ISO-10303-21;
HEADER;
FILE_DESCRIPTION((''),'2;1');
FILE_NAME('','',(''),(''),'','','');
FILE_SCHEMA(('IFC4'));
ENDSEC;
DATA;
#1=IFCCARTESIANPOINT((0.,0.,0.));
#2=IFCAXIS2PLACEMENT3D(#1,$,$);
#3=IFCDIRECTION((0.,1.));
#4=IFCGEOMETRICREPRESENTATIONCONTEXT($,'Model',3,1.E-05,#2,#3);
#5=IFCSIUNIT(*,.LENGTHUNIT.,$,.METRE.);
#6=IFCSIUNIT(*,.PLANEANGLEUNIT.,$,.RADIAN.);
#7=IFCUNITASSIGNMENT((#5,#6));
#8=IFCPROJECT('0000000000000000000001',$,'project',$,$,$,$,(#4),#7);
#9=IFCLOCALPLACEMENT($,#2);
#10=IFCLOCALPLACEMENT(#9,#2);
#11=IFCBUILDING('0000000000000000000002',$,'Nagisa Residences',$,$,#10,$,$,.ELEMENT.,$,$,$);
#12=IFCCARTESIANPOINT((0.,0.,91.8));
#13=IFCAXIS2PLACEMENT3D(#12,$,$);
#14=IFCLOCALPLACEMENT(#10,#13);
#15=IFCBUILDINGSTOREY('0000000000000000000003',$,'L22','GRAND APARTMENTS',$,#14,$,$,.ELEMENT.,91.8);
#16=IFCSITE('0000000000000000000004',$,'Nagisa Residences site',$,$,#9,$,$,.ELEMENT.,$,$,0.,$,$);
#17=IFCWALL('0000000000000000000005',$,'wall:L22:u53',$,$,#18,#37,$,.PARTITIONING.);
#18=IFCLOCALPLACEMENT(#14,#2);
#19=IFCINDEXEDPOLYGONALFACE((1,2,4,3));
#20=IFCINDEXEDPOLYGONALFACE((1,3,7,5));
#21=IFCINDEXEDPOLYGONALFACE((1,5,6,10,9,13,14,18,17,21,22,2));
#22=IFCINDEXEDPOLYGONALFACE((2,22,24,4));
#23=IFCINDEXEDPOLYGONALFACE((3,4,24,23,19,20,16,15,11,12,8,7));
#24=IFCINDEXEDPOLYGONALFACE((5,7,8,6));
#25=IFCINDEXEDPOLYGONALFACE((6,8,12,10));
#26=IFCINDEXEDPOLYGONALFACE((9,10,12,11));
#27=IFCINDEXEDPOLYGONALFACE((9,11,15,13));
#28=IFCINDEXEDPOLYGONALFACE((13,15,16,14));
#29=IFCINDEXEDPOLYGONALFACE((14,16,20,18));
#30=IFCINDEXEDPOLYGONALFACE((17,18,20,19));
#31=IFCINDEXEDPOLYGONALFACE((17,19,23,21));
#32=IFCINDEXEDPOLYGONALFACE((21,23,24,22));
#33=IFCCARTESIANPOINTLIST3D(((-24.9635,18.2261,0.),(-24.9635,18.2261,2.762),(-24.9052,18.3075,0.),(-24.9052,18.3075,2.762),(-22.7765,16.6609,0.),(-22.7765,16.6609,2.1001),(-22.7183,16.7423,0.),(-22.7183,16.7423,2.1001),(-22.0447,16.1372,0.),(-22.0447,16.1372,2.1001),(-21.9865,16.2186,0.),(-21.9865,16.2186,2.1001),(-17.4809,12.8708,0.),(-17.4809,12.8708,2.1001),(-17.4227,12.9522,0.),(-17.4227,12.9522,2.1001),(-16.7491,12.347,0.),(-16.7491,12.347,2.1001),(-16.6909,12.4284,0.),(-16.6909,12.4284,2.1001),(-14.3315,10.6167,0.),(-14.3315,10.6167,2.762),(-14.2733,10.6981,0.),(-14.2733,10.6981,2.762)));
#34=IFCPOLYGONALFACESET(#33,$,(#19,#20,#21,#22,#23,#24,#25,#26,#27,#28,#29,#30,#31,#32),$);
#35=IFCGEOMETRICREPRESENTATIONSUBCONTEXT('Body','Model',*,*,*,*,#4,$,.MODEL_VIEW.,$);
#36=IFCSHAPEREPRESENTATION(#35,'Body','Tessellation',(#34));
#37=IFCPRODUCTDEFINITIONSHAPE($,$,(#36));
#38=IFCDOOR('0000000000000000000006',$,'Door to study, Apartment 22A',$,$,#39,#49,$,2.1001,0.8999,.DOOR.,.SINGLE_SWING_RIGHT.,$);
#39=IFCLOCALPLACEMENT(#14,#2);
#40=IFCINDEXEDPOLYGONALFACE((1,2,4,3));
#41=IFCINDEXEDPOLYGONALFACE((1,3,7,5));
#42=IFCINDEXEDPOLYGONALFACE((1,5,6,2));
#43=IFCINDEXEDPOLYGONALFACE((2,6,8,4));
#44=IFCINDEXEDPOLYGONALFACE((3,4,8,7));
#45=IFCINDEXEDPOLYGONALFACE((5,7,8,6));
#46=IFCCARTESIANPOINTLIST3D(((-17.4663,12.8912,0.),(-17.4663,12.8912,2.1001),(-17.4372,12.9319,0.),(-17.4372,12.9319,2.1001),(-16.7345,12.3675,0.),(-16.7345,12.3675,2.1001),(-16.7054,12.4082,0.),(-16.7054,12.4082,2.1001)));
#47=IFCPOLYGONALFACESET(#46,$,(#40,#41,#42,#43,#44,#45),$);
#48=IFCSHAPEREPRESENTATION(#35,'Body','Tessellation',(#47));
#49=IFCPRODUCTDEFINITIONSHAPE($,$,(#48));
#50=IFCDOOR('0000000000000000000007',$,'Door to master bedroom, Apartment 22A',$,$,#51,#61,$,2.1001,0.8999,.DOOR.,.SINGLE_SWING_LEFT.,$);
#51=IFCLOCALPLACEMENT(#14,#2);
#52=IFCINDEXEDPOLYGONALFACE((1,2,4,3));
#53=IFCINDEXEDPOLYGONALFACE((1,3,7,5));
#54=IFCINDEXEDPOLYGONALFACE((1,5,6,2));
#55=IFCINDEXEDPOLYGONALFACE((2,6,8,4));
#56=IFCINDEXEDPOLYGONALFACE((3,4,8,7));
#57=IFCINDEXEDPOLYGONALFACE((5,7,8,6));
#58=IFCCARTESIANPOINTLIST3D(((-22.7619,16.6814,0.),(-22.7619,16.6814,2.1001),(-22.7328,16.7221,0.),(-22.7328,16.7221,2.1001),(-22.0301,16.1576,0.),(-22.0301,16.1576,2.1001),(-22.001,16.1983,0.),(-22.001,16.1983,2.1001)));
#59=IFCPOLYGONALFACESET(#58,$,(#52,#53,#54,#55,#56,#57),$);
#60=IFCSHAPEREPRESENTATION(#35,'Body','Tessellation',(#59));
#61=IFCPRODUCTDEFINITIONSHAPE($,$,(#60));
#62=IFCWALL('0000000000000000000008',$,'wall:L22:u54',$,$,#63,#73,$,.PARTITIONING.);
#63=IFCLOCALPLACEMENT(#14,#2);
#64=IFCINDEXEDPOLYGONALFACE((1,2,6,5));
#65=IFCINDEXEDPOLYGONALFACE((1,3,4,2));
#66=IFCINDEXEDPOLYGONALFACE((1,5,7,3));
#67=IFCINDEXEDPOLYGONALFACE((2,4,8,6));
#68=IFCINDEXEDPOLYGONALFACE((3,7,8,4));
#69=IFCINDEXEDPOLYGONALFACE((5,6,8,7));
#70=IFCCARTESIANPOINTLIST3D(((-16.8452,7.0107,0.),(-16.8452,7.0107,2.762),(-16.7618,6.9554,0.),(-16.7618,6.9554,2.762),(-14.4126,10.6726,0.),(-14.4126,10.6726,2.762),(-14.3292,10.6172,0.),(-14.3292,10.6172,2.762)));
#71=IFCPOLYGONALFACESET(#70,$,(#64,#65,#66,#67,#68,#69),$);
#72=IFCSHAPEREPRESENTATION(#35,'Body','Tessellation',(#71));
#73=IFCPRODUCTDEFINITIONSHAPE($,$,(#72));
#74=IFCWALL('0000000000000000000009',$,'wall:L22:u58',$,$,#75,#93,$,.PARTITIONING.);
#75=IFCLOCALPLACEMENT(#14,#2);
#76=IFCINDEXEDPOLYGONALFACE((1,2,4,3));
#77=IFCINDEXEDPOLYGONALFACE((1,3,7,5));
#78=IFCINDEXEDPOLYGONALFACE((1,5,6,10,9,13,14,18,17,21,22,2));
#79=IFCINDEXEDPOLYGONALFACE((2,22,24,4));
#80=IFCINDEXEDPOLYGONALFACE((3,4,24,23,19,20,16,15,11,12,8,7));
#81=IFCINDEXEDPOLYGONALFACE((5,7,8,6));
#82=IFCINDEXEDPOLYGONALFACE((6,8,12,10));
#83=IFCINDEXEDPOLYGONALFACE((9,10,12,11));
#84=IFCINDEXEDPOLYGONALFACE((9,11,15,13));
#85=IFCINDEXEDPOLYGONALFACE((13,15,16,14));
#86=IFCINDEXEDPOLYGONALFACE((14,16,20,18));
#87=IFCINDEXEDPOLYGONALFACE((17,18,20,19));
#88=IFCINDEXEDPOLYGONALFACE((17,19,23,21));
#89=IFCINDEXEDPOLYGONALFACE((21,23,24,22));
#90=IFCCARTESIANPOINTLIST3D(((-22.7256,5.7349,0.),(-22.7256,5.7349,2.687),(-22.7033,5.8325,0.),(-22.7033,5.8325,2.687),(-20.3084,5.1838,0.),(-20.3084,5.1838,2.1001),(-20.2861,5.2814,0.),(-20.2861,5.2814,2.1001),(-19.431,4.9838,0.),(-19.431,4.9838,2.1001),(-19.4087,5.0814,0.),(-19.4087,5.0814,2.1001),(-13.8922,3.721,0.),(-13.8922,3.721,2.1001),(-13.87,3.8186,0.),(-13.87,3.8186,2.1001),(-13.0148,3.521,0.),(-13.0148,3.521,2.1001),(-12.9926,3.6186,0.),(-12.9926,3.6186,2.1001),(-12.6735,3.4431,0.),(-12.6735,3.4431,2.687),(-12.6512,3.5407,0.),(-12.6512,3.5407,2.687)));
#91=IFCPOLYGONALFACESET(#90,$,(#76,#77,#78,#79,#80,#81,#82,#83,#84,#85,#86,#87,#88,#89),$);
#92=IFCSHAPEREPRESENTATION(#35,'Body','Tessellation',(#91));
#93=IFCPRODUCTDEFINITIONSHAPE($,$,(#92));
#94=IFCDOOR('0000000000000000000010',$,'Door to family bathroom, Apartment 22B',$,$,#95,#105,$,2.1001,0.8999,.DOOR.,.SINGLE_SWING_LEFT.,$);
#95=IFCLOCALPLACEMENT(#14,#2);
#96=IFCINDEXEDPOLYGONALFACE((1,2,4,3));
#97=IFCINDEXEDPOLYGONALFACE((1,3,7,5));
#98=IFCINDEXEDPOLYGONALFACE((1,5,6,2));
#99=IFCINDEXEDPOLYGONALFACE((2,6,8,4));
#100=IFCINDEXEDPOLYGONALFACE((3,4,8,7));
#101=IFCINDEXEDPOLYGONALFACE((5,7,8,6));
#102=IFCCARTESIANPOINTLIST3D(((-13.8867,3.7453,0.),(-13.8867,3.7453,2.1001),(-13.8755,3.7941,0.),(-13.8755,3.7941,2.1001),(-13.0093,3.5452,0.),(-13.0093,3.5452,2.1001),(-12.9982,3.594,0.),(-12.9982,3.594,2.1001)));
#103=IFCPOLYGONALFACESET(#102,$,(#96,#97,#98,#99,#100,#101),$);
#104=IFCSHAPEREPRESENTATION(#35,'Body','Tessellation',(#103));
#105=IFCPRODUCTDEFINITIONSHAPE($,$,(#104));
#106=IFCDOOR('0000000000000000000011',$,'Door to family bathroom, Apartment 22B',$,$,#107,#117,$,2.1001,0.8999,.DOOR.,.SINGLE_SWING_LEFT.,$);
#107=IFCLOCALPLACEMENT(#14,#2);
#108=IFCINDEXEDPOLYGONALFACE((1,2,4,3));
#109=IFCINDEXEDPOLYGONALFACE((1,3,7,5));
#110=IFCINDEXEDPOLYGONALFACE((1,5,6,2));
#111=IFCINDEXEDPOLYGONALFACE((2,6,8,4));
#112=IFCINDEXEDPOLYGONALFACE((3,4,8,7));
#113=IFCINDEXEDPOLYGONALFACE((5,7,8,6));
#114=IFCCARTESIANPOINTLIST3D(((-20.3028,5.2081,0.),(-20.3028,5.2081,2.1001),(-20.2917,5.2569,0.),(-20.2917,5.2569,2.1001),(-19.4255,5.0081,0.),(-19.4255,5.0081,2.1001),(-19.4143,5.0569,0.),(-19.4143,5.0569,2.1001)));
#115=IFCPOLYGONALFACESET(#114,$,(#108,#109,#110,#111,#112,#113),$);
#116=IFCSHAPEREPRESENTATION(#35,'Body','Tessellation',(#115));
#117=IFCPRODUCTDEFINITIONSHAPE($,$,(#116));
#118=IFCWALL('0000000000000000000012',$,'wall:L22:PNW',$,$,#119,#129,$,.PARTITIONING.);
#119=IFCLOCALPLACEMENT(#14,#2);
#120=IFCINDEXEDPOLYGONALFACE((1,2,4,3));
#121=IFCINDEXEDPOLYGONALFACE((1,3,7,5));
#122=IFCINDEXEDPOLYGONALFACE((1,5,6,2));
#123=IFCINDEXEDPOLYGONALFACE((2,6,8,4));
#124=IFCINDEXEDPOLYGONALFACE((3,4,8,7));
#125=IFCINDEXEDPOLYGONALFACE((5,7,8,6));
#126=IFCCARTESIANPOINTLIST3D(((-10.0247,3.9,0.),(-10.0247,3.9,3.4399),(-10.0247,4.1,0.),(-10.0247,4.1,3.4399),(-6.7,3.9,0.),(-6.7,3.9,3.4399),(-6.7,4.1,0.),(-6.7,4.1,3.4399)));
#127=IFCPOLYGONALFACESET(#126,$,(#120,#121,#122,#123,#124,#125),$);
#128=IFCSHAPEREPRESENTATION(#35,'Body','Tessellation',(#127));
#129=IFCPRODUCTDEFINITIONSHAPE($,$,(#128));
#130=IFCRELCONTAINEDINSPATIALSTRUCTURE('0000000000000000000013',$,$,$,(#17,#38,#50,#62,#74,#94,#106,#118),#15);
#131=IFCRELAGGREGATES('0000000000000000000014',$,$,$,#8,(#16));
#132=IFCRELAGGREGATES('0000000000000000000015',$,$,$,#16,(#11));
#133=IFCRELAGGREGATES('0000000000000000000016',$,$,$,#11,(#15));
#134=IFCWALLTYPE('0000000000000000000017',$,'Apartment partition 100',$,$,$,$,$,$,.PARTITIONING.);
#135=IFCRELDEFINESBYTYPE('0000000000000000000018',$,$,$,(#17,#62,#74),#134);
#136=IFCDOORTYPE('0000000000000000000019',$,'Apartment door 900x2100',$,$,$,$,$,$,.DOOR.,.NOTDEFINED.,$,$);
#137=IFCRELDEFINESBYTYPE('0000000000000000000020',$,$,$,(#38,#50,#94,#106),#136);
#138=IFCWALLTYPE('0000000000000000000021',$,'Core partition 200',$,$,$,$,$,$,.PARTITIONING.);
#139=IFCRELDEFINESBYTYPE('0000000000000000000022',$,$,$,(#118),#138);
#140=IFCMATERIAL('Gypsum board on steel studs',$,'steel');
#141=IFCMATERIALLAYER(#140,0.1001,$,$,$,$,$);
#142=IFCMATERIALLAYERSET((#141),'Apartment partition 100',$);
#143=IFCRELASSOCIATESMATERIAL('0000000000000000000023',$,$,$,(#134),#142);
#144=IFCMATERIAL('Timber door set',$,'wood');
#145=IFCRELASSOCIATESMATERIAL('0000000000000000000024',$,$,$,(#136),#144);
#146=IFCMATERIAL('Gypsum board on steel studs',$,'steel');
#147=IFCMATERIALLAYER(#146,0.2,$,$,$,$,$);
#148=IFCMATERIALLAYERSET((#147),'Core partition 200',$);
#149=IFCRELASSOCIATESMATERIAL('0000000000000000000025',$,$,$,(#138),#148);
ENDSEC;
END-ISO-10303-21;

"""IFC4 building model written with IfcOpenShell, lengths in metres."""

from ifc_helpers import new_model, si_unit, direction, frame, frame_2d, origin, place, context, subcontext, project, spatial, rectangle, extrude, material, layer, layer_set, type_object, element, fill, save


model = new_model("IFC4")

# Units and contexts
model_context = context("Model", 3, precision=1e-05, world=origin(), true_north=direction((0.0, 1.0)))
body_context = subcontext(model_context, "Body", "Model", "MODEL_VIEW")
ifc_project = project(units=[si_unit("LENGTHUNIT", "METRE"), si_unit("PLANEANGLEUNIT", "RADIAN")], contexts=[model_context])

# Site, building, storey
site_placement = place(None, origin())
site = spatial("IfcSite", under=ifc_project, at=site_placement, Name="Nagisa Residences site", CompositionType="ELEMENT", RefElevation=0.0)
building_placement = place(site_placement, origin())
building = spatial("IfcBuilding", under=site, at=building_placement, Name="Nagisa Residences", CompositionType="ELEMENT")
storey_placement = place(building_placement, frame((0.0, 0.0, 91.8)))
storey = spatial("IfcBuildingStorey", under=building, at=storey_placement, Name="L22", Description="GRAND APARTMENTS", CompositionType="ELEMENT", Elevation=91.8)

# Shared definitions
ifc_material_1 = material(Name="Gypsum board on steel studs", Category="steel")
ifc_layer_1 = layer(ifc_material_1, 0.1001)
ifc_layer_set_1 = layer_set([ifc_layer_1], Name="Apartment partition 100")
wall_type_1 = type_object("IfcWallType", Name="Apartment partition 100", PredefinedType="PARTITIONING", material=ifc_layer_set_1)

# Shared definitions
ifc_material_2 = material(Name="Timber door set", Category="wood")
door_type_1 = type_object("IfcDoorType", Name="Apartment door 900x2100", OperationType="NOTDEFINED", PredefinedType="DOOR", material=ifc_material_2)

# Wall, openings, doors
wall_1_placement = place(storey_placement, frame((-14.3025, 10.6575, 0.0), z_axis=(0.0, 0.0, 1.0), x_axis=(-0.813183, 0.582008, 0.0)))
wall_1 = element("IfcWall", 1, at=wall_1_placement, inside=storey, type_object=wall_type_1, Name="wall:L22:u53", PredefinedType="PARTITIONING", context=body_context, shape_type="SweptSolid", body=[
    extrude(rectangle(XDim=13.0745, YDim=0.1001, at=frame_2d((6.5371, 0.0))), origin(), (0.0, 0.0, 1.0), 2.762),
])
opening_1_placement = place(wall_1_placement, frame((2.9729, 0.0, 0.0)))
opening_1 = element("IfcOpeningElement", 2, at=opening_1_placement, cuts=wall_1, PredefinedType="OPENING", context=body_context, shape_type="SweptSolid", body=[
    extrude(rectangle(XDim=0.8999, YDim=2.1001, at=frame_2d((0.45, 1.05))), frame((0.0, 0.0601, 0.0), z_axis=(0.0, -1.0, 0.0), x_axis=(1.0, 0.0, 0.0)), (0.0, 0.0, 1.0), 0.1201),
])
opening_2_placement = place(wall_1_placement, frame((9.4851, 0.0, 0.0)))
opening_2 = element("IfcOpeningElement", 3, at=opening_2_placement, cuts=wall_1, PredefinedType="OPENING", context=body_context, shape_type="SweptSolid", body=[
    extrude(rectangle(XDim=0.8999, YDim=2.1001, at=frame_2d((0.45, 1.05))), frame((0.0, 0.0601, 0.0), z_axis=(0.0, -1.0, 0.0), x_axis=(1.0, 0.0, 0.0)), (0.0, 0.0, 1.0), 0.1201),
])
door_1_placement = place(opening_1_placement, origin())
door_1 = element("IfcDoor", 4, at=door_1_placement, inside=storey, type_object=door_type_1, Name="Door to study, Apartment 22A", OperationType="SINGLE_SWING_RIGHT", OverallHeight=2.1001, OverallWidth=0.8999, PredefinedType="DOOR", context=body_context, shape_type="SweptSolid", body=[
    extrude(rectangle(XDim=0.8999, YDim=2.1001, at=frame_2d((0.45, 1.05))), frame((0.0, 0.0249, 0.0), z_axis=(0.0, -1.0, 0.0), x_axis=(1.0, 0.0, 0.0)), (0.0, 0.0, 1.0), 0.05),
])
fill(opening_1, door_1)
door_2_placement = place(opening_2_placement, origin())
door_2 = element("IfcDoor", 5, at=door_2_placement, inside=storey, type_object=door_type_1, Name="Door to master bedroom, Apartment 22A", OperationType="SINGLE_SWING_LEFT", OverallHeight=2.1001, OverallWidth=0.8999, PredefinedType="DOOR", context=body_context, shape_type="SweptSolid", body=[
    extrude(rectangle(XDim=0.8999, YDim=2.1001, at=frame_2d((0.45, 1.05))), frame((0.0, 0.0249, 0.0), z_axis=(0.0, -1.0, 0.0), x_axis=(1.0, 0.0, 0.0)), (0.0, 0.0, 1.0), 0.05),
])
fill(opening_2, door_2)

# Wall
wall_2_placement = place(storey_placement, frame((-14.3708, 10.645, 0.0), z_axis=(0.0, 0.0, 1.0), x_axis=(-0.553341, -0.832955, 0.0)))
element("IfcWall", 6, at=wall_2_placement, inside=storey, type_object=wall_type_1, Name="wall:L22:u54", PredefinedType="PARTITIONING", context=body_context, shape_type="SweptSolid", body=[
    extrude(rectangle(XDim=4.3962, YDim=0.1001, at=frame_2d((2.1982, 0.0))), origin(), (0.0, 0.0, 1.0), 2.762),
])

# Wall, openings, doors
wall_3_placement = place(storey_placement, frame((-12.6624, 3.4919, 0.0), z_axis=(0.0, 0.0, 1.0), x_axis=(-0.974982, 0.222285, 0.0)))
wall_3 = element("IfcWall", 7, at=wall_3_placement, inside=storey, type_object=wall_type_1, Name="wall:L22:u58", PredefinedType="PARTITIONING", context=body_context, shape_type="SweptSolid", body=[
    extrude(rectangle(XDim=10.3101, YDim=0.1001, at=frame_2d((5.155, 0.0))), origin(), (0.0, 0.0, 1.0), 2.687),
])
opening_3_placement = place(wall_3_placement, frame((0.3501, 0.0, 0.0)))
opening_3 = element("IfcOpeningElement", 8, at=opening_3_placement, cuts=wall_3, PredefinedType="OPENING", context=body_context, shape_type="SweptSolid", body=[
    extrude(rectangle(XDim=0.8999, YDim=2.1001, at=frame_2d((0.45, 1.05))), frame((0.0, 0.0601, 0.0), z_axis=(0.0, -1.0, 0.0), x_axis=(1.0, 0.0, 0.0)), (0.0, 0.0, 1.0), 0.1201),
])
opening_4_placement = place(wall_3_placement, frame((6.9309, 0.0, 0.0)))
opening_4 = element("IfcOpeningElement", 9, at=opening_4_placement, cuts=wall_3, PredefinedType="OPENING", context=body_context, shape_type="SweptSolid", body=[
    extrude(rectangle(XDim=0.8999, YDim=2.1001, at=frame_2d((0.45, 1.05))), frame((0.0, 0.0601, 0.0), z_axis=(0.0, -1.0, 0.0), x_axis=(1.0, 0.0, 0.0)), (0.0, 0.0, 1.0), 0.1201),
])
door_3_placement = place(opening_3_placement, frame((0.8999, 0.0, 0.0), x_axis=(-1.0, 0.0, 0.0)))
door_3 = element("IfcDoor", 10, at=door_3_placement, inside=storey, type_object=door_type_1, Name="Door to family bathroom, Apartment 22B", OperationType="SINGLE_SWING_LEFT", OverallHeight=2.1001, OverallWidth=0.8999, PredefinedType="DOOR", context=body_context, shape_type="SweptSolid", body=[
    extrude(rectangle(XDim=0.8999, YDim=2.1001, at=frame_2d((0.45, 1.05))), frame((0.0, 0.0249, 0.0), z_axis=(0.0, -1.0, 0.0), x_axis=(1.0, 0.0, 0.0)), (0.0, 0.0, 1.0), 0.05),
])
fill(opening_3, door_3)
door_4_placement = place(opening_4_placement, frame((0.8999, 0.0, 0.0), x_axis=(-1.0, 0.0, 0.0)))
door_4 = element("IfcDoor", 11, at=door_4_placement, inside=storey, type_object=door_type_1, Name="Door to family bathroom, Apartment 22B", OperationType="SINGLE_SWING_LEFT", OverallHeight=2.1001, OverallWidth=0.8999, PredefinedType="DOOR", context=body_context, shape_type="SweptSolid", body=[
    extrude(rectangle(XDim=0.8999, YDim=2.1001, at=frame_2d((0.45, 1.05))), frame((0.0, 0.0249, 0.0), z_axis=(0.0, -1.0, 0.0), x_axis=(1.0, 0.0, 0.0)), (0.0, 0.0, 1.0), 0.05),
])
fill(opening_4, door_4)

# Wall
ifc_material_3 = material(Name="Gypsum board on steel studs", Category="steel")
ifc_layer_2 = layer(ifc_material_3, 0.2)
ifc_layer_set_2 = layer_set([ifc_layer_2], Name="Core partition 200")
wall_type_2 = type_object("IfcWallType", Name="Core partition 200", PredefinedType="PARTITIONING", material=ifc_layer_set_2)
wall_4_placement = place(storey_placement, frame((-10.0247, 4.0, 0.0), z_axis=(0.0, 0.0, 1.0), x_axis=(1.0, 0.0, 0.0)))
element("IfcWall", 12, at=wall_4_placement, inside=storey, type_object=wall_type_2, Name="wall:L22:PNW", PredefinedType="PARTITIONING", context=body_context, shape_type="SweptSolid", body=[
    extrude(rectangle(XDim=3.3247, YDim=0.2, at=frame_2d((1.6624, 0.0))), origin(), (0.0, 0.0, 1.0), 3.4399),
])

save(model, "model.ifc")
